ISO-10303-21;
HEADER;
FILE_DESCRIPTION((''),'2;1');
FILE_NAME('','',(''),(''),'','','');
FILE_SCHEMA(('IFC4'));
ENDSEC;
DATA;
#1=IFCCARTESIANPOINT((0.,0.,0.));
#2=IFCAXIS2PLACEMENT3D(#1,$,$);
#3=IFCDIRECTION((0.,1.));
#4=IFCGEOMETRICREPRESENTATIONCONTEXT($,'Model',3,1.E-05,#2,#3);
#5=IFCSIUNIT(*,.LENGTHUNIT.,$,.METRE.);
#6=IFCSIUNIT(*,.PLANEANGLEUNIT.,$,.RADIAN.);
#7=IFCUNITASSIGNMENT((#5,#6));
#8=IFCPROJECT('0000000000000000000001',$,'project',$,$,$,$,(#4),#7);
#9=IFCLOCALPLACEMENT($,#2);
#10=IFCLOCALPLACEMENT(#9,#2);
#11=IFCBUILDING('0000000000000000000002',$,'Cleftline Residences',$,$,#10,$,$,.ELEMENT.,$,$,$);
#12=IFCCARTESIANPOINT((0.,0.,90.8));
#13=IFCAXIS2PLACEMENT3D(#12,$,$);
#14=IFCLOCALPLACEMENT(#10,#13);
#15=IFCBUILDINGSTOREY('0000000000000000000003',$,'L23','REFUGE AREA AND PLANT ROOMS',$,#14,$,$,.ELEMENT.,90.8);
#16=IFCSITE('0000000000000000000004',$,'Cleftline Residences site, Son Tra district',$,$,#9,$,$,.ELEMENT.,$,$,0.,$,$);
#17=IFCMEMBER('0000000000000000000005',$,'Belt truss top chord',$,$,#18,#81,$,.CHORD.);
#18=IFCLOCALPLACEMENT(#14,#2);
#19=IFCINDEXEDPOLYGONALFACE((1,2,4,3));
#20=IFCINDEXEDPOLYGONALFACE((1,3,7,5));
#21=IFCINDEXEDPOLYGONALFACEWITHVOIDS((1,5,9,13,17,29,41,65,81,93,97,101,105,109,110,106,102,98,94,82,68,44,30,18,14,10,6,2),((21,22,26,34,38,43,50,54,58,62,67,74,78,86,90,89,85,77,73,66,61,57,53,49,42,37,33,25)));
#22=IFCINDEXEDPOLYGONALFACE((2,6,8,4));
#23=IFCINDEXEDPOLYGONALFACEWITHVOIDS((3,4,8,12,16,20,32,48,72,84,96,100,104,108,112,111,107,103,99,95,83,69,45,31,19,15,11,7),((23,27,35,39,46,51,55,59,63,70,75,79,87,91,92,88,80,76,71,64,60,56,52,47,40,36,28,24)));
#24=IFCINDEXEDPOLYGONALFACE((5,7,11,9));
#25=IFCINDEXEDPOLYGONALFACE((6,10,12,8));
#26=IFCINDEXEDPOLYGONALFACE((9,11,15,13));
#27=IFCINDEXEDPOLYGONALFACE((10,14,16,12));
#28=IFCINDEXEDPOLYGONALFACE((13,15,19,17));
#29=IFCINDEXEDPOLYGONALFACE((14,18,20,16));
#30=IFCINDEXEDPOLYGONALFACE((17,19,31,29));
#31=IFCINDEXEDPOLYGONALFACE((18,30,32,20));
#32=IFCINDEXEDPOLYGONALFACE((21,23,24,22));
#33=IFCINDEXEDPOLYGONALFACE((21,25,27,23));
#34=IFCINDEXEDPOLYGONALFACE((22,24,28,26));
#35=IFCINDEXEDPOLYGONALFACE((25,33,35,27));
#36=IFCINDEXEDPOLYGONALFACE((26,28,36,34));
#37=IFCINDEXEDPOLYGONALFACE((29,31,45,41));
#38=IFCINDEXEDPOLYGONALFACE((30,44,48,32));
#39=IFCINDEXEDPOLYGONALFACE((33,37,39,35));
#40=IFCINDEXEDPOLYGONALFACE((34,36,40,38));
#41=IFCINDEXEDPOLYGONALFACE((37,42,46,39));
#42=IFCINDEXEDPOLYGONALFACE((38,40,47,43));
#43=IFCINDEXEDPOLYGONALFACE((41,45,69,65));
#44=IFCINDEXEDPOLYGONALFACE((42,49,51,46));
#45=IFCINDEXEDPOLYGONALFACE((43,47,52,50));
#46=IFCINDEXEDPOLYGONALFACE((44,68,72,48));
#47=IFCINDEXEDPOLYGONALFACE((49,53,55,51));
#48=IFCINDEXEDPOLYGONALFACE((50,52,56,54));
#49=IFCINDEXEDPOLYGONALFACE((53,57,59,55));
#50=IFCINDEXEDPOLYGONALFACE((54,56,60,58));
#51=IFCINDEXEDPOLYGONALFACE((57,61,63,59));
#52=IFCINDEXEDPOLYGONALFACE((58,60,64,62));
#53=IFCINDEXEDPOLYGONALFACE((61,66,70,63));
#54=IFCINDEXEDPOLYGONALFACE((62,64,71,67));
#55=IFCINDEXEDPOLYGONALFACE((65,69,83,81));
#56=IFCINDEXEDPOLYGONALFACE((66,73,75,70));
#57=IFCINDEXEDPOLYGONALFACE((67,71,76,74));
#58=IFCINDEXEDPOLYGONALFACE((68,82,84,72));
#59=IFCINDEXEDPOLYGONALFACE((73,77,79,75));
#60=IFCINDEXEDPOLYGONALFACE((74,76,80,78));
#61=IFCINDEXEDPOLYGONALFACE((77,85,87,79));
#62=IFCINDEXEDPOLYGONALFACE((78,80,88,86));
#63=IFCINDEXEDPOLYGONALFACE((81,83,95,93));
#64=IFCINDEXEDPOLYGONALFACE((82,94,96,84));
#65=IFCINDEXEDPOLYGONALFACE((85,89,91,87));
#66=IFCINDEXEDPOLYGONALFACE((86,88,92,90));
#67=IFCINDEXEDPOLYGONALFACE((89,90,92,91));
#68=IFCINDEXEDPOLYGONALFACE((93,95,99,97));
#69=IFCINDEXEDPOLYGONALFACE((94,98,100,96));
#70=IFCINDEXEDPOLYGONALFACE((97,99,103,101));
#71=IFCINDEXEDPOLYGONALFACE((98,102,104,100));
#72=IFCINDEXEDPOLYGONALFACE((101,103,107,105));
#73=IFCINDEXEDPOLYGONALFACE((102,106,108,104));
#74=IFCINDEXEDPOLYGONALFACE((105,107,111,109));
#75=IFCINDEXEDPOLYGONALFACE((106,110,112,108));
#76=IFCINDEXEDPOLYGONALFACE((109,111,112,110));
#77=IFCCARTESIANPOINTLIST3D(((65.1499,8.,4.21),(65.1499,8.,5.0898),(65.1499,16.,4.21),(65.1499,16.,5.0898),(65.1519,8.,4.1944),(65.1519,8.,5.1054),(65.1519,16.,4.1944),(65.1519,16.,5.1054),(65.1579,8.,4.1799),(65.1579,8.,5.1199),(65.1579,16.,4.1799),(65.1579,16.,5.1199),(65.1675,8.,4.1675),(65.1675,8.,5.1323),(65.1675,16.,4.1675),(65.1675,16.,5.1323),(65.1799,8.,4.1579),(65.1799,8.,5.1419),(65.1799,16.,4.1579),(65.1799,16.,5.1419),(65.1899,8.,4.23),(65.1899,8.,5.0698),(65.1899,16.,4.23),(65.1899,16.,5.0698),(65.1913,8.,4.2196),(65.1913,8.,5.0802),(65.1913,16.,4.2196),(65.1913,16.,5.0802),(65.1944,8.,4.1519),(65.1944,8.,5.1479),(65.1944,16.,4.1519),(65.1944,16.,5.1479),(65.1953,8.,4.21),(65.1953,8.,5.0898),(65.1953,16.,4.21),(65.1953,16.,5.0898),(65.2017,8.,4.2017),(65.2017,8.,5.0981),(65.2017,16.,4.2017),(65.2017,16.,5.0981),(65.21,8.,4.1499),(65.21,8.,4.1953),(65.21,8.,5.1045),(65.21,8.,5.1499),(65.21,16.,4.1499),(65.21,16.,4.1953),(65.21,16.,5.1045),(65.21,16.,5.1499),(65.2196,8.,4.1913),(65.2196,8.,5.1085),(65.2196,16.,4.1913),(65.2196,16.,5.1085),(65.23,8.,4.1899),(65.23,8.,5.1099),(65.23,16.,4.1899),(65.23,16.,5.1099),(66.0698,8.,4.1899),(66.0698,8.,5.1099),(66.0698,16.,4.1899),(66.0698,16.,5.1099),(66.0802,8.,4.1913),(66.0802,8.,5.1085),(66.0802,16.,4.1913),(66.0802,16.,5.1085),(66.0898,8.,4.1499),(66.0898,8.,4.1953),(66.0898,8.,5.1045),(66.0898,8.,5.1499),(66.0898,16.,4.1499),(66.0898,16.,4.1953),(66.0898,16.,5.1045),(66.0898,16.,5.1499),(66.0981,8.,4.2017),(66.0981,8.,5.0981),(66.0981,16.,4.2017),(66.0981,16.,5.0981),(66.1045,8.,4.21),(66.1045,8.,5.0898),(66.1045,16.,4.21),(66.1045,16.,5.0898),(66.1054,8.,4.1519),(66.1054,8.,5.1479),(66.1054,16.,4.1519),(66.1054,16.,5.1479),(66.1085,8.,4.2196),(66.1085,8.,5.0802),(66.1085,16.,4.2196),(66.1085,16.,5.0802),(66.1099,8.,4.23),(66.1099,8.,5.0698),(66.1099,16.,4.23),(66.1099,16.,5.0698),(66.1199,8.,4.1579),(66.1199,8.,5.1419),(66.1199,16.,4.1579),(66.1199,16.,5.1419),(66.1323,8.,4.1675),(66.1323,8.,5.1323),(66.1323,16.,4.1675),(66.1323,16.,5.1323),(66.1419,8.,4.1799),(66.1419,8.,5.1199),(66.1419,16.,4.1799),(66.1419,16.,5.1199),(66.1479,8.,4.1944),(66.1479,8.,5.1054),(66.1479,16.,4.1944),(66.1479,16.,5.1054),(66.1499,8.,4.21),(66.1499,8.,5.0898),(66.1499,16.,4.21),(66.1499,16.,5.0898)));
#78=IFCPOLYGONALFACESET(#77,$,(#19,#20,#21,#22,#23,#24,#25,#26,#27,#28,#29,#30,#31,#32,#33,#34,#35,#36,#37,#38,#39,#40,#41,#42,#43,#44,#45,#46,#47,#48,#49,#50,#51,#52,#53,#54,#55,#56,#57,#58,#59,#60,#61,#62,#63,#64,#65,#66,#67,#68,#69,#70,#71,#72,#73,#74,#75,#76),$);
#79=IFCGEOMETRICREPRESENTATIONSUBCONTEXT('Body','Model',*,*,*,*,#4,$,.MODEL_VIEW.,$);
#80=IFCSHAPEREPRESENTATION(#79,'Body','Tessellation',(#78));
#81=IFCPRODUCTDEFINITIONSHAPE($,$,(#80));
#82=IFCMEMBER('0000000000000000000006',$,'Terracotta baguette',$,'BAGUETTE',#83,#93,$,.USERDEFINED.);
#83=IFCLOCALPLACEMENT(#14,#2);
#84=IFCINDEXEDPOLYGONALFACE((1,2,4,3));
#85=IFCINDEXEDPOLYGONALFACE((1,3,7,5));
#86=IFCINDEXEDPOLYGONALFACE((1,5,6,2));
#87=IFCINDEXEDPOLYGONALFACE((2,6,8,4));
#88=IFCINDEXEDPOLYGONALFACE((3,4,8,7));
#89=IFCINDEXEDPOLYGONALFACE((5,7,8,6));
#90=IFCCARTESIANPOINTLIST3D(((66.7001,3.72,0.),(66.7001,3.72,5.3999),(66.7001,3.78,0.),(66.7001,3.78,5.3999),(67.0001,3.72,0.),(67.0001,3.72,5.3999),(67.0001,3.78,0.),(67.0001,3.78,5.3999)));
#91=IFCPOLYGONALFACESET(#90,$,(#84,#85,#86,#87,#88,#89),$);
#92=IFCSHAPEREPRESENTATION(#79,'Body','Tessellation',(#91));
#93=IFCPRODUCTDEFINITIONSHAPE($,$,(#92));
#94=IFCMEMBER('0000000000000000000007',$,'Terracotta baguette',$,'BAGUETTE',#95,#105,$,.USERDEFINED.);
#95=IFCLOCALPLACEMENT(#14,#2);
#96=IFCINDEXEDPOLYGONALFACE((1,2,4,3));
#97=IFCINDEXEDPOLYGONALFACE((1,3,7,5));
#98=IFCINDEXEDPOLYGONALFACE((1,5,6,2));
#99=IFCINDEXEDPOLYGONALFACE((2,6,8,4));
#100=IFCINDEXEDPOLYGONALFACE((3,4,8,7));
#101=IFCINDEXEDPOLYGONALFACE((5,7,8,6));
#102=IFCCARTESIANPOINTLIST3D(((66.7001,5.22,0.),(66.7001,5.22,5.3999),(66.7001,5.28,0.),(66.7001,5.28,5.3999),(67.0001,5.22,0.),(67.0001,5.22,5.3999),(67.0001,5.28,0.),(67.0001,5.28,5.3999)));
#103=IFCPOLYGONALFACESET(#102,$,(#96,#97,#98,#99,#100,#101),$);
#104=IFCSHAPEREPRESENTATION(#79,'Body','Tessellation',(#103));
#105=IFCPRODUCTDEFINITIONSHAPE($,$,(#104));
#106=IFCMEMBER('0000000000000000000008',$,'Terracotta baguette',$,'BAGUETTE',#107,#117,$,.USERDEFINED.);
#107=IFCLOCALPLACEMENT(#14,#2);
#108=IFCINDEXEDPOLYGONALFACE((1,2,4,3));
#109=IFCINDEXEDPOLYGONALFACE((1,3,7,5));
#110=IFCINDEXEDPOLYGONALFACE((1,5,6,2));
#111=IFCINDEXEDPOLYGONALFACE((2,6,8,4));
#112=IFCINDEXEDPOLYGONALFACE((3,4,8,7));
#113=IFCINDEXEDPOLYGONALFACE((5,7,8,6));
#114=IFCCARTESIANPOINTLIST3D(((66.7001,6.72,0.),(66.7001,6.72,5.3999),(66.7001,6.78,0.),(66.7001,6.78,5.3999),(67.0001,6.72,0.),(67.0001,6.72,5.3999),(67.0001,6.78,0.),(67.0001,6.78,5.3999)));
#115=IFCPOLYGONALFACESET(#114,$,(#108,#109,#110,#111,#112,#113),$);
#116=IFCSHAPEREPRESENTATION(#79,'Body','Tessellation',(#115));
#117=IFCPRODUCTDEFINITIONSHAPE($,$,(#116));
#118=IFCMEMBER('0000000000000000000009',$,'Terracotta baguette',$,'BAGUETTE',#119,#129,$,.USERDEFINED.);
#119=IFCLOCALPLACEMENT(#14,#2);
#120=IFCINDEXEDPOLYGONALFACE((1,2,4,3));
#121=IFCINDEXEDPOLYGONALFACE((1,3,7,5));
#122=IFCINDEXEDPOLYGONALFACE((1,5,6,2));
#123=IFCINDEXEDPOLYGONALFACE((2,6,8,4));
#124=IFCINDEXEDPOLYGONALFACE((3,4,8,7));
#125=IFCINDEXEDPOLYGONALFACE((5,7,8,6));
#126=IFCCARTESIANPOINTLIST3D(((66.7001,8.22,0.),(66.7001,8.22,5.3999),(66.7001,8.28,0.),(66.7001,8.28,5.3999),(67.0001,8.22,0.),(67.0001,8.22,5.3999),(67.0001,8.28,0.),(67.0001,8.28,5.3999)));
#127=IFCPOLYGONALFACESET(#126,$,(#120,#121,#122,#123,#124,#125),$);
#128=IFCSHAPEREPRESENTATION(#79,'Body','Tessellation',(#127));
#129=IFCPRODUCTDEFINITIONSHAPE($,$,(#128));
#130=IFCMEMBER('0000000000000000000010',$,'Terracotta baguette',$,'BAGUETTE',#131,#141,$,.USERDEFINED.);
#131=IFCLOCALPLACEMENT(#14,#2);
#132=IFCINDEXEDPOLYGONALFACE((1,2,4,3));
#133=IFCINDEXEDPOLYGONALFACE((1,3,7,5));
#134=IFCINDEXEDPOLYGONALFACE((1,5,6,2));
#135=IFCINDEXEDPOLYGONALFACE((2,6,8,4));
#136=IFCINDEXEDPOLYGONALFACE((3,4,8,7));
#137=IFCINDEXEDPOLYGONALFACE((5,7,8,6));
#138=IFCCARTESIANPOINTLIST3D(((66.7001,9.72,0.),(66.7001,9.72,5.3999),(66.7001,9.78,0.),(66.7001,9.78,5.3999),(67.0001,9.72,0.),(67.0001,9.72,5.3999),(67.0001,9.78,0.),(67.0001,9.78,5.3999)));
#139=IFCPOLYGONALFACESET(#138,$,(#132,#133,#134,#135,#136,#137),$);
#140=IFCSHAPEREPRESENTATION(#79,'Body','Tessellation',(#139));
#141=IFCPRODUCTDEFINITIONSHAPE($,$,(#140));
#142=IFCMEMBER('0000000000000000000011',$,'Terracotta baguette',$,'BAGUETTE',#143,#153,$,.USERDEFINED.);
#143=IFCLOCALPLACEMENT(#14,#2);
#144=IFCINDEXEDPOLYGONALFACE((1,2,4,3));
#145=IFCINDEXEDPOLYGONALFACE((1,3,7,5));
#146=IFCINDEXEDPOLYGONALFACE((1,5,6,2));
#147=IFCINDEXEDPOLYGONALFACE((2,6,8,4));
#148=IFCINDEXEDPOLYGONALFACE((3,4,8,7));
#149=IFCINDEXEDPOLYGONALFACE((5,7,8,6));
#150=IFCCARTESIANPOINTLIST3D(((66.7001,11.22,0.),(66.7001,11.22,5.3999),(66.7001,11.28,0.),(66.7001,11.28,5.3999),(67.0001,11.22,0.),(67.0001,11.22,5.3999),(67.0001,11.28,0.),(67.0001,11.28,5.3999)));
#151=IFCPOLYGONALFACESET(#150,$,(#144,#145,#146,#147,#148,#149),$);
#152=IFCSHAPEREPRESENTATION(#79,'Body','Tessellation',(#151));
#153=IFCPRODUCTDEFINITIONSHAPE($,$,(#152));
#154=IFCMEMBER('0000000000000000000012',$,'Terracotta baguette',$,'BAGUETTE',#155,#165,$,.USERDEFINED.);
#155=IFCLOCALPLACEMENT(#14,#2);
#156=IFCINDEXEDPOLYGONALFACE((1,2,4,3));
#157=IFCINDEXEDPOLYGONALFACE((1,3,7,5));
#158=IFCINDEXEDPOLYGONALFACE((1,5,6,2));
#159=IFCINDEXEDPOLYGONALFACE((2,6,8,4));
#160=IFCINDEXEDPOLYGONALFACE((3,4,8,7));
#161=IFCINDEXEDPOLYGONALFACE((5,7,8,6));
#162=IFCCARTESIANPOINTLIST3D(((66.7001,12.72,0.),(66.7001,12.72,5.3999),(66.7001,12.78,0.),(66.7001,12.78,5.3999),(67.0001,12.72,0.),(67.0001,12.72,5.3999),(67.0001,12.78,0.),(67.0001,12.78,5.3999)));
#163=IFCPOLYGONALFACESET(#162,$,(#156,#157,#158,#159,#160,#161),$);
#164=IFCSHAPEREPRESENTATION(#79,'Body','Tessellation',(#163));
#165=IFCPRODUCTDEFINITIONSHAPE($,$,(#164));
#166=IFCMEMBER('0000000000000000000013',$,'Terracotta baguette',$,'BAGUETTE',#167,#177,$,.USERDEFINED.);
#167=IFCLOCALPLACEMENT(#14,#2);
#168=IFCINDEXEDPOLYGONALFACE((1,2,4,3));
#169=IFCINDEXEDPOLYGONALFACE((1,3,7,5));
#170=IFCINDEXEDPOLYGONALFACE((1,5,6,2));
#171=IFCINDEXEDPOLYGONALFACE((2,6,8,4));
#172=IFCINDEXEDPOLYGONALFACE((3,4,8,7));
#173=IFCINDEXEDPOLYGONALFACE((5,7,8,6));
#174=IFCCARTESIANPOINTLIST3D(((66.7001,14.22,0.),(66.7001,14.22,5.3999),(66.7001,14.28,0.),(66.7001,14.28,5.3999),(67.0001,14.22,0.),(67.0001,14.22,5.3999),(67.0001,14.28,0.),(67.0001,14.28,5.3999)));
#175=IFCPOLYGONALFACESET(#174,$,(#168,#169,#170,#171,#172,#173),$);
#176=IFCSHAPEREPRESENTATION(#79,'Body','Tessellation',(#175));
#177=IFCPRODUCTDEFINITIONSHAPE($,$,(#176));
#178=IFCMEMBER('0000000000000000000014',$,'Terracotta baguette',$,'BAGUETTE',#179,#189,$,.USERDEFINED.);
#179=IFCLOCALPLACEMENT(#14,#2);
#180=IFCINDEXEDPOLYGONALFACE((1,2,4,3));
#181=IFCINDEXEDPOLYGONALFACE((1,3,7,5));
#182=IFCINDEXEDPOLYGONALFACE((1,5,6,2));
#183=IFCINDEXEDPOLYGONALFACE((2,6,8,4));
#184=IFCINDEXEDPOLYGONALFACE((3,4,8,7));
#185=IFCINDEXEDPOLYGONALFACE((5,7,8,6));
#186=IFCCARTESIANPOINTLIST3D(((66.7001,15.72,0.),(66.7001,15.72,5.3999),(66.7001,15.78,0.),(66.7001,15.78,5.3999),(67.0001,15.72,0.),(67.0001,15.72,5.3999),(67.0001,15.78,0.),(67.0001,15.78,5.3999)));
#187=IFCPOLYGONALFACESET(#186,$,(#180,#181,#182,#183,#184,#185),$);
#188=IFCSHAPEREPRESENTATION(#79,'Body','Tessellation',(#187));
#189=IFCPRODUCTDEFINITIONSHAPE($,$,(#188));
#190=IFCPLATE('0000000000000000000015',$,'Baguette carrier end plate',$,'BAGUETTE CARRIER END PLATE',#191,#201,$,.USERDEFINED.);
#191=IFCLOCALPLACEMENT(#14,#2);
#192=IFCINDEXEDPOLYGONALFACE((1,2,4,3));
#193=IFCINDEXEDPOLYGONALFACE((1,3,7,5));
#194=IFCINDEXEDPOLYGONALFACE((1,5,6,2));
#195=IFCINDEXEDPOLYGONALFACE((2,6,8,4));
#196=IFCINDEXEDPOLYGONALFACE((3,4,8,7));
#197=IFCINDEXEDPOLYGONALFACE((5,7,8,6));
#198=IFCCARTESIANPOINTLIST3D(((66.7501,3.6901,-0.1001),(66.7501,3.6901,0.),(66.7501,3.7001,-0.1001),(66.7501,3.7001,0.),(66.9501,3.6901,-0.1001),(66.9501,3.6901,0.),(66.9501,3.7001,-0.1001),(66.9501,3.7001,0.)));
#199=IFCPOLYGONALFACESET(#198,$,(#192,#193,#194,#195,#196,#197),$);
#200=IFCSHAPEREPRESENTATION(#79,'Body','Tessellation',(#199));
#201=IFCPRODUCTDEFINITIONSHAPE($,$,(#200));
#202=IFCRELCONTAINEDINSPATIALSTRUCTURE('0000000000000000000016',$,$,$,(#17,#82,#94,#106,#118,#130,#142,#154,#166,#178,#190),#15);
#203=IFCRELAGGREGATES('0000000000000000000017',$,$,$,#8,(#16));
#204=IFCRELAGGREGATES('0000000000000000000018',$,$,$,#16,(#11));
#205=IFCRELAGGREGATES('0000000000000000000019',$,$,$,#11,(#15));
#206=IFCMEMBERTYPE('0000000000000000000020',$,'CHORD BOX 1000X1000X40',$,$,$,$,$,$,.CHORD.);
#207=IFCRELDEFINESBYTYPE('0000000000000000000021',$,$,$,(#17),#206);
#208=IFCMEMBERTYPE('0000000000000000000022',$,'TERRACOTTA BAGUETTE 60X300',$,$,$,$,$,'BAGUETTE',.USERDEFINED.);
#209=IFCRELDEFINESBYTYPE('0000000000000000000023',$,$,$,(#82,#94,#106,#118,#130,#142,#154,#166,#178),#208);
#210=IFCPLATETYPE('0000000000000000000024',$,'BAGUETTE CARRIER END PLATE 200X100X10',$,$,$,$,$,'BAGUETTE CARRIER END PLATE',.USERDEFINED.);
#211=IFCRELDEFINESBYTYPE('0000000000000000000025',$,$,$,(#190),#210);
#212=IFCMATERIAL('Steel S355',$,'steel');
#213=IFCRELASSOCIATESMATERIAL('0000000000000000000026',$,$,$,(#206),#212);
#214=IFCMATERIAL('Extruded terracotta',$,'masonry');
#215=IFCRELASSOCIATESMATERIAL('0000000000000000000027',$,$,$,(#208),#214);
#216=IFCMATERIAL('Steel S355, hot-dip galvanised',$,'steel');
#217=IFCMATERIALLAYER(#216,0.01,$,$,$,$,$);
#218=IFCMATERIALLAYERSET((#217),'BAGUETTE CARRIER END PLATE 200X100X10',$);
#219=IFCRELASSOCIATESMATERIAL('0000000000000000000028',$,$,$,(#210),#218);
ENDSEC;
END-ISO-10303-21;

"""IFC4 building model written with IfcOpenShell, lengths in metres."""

from ifc_helpers import new_model, si_unit, direction, frame, origin, origin_2d, place, context, subcontext, project, spatial, rectangle, hollow_rectangle, extrude, material, layer, layer_set, material_profile, profile_set, type_object, element, save


model = new_model("IFC4")

# Units and contexts
model_context = context("Model", 3, precision=1e-05, world=origin(), true_north=direction((0.0, 1.0)))
body_context = subcontext(model_context, "Body", "Model", "MODEL_VIEW")
ifc_project = project(units=[si_unit("LENGTHUNIT", "METRE"), si_unit("PLANEANGLEUNIT", "RADIAN")], contexts=[model_context])

# Site, building, storey
site_placement = place(None, origin())
site = spatial("IfcSite", under=ifc_project, at=site_placement, Name="Cleftline Residences site, Son Tra district", CompositionType="ELEMENT", RefElevation=0.0)
building_placement = place(site_placement, origin())
building = spatial("IfcBuilding", under=site, at=building_placement, Name="Cleftline Residences", CompositionType="ELEMENT")
storey_placement = place(building_placement, frame((0.0, 0.0, 90.8)))
storey = spatial("IfcBuildingStorey", under=building, at=storey_placement, Name="L23", Description="REFUGE AREA AND PLANT ROOMS", CompositionType="ELEMENT", Elevation=90.8)

# Members
ifc_material_1 = material(Name="Steel S355", Category="steel")
ifc_material_profile_1 = material_profile(ifc_material_1, hollow_rectangle(XDim=1.0, YDim=1.0, WallThickness=0.04, InnerFilletRadius=0.04, OuterFilletRadius=0.0601, at=origin_2d()))
ifc_profile_set_1 = profile_set([ifc_material_profile_1], Name="Steel S355")
member_type_1 = type_object("IfcMemberType", Name="CHORD BOX 1000X1000X40", PredefinedType="CHORD", material=ifc_profile_set_1)
for number, where, z_axis, x_axis, name in (
    (1, (65.6499, 8.0, 4.6499), (0.0, 1.0, 0.0), (-1.0, 0.0, 0.0), "Belt truss top chord"),
):
    element("IfcMember", number, at=place(storey_placement, frame(where, z_axis=z_axis, x_axis=x_axis)), inside=storey, type_object=member_type_1, Name=name, PredefinedType="CHORD", context=body_context, shape_type="SweptSolid", body=[
        extrude(hollow_rectangle(XDim=1.0, YDim=1.0, WallThickness=0.04, InnerFilletRadius=0.04, OuterFilletRadius=0.0601, at=origin_2d()), origin(), (0.0, 0.0, 1.0), 8.0),
    ])
ifc_material_2 = material(Name="Extruded terracotta", Category="masonry")
ifc_material_profile_2 = material_profile(ifc_material_2, rectangle(XDim=0.0601, YDim=0.3, at=origin_2d()))
ifc_profile_set_2 = profile_set([ifc_material_profile_2], Name="Extruded terracotta")
member_type_2 = type_object("IfcMemberType", Name="TERRACOTTA BAGUETTE 60X300", ElementType="BAGUETTE", PredefinedType="USERDEFINED", material=ifc_profile_set_2)
for number, where, z_axis, x_axis, name in (
    (2, (66.8501, 3.75, 0.0), (0.0, 0.0, 1.0), (0.0, 1.0, 0.0), "Terracotta baguette"),
    (3, (66.8501, 5.25, 0.0), (0.0, 0.0, 1.0), (0.0, 1.0, 0.0), "Terracotta baguette"),
    (4, (66.8501, 6.75, 0.0), (0.0, 0.0, 1.0), (0.0, 1.0, 0.0), "Terracotta baguette"),
    (5, (66.8501, 8.25, 0.0), (0.0, 0.0, 1.0), (0.0, 1.0, 0.0), "Terracotta baguette"),
    (6, (66.8501, 9.75, 0.0), (0.0, 0.0, 1.0), (0.0, 1.0, 0.0), "Terracotta baguette"),
    (7, (66.8501, 11.25, 0.0), (0.0, 0.0, 1.0), (0.0, 1.0, 0.0), "Terracotta baguette"),
    (8, (66.8501, 12.75, 0.0), (0.0, 0.0, 1.0), (0.0, 1.0, 0.0), "Terracotta baguette"),
    (9, (66.8501, 14.25, 0.0), (0.0, 0.0, 1.0), (0.0, 1.0, 0.0), "Terracotta baguette"),
    (10, (66.8501, 15.75, 0.0), (0.0, 0.0, 1.0), (0.0, 1.0, 0.0), "Terracotta baguette"),
):
    element("IfcMember", number, at=place(storey_placement, frame(where, z_axis=z_axis, x_axis=x_axis)), inside=storey, type_object=member_type_2, Name=name, ObjectType="BAGUETTE", PredefinedType="USERDEFINED", context=body_context, shape_type="SweptSolid", body=[
        extrude(rectangle(XDim=0.0601, YDim=0.3, at=origin_2d()), origin(), (0.0, 0.0, 1.0), 5.3999),
    ])

# Plate
ifc_material_3 = material(Name="Steel S355, hot-dip galvanised", Category="steel")
ifc_layer_1 = layer(ifc_material_3, 0.01)
ifc_layer_set_1 = layer_set([ifc_layer_1], Name="BAGUETTE CARRIER END PLATE 200X100X10")
plate_type = type_object("IfcPlateType", Name="BAGUETTE CARRIER END PLATE 200X100X10", ElementType="BAGUETTE CARRIER END PLATE", PredefinedType="USERDEFINED", material=ifc_layer_set_1)
plate_placement = place(storey_placement, frame((66.8501, 3.6951, -0.1001), z_axis=(0.0, 0.0, 1.0), x_axis=(1.0, 0.0, 0.0)))
element("IfcPlate", 11, at=plate_placement, inside=storey, type_object=plate_type, Name="Baguette carrier end plate", ObjectType="BAGUETTE CARRIER END PLATE", PredefinedType="USERDEFINED", context=body_context, shape_type="SweptSolid", body=[
    extrude(rectangle(XDim=0.2, YDim=0.01, at=origin_2d()), origin(), (0.0, 0.0, 1.0), 0.1001),
])

save(model, "model.ifc")
